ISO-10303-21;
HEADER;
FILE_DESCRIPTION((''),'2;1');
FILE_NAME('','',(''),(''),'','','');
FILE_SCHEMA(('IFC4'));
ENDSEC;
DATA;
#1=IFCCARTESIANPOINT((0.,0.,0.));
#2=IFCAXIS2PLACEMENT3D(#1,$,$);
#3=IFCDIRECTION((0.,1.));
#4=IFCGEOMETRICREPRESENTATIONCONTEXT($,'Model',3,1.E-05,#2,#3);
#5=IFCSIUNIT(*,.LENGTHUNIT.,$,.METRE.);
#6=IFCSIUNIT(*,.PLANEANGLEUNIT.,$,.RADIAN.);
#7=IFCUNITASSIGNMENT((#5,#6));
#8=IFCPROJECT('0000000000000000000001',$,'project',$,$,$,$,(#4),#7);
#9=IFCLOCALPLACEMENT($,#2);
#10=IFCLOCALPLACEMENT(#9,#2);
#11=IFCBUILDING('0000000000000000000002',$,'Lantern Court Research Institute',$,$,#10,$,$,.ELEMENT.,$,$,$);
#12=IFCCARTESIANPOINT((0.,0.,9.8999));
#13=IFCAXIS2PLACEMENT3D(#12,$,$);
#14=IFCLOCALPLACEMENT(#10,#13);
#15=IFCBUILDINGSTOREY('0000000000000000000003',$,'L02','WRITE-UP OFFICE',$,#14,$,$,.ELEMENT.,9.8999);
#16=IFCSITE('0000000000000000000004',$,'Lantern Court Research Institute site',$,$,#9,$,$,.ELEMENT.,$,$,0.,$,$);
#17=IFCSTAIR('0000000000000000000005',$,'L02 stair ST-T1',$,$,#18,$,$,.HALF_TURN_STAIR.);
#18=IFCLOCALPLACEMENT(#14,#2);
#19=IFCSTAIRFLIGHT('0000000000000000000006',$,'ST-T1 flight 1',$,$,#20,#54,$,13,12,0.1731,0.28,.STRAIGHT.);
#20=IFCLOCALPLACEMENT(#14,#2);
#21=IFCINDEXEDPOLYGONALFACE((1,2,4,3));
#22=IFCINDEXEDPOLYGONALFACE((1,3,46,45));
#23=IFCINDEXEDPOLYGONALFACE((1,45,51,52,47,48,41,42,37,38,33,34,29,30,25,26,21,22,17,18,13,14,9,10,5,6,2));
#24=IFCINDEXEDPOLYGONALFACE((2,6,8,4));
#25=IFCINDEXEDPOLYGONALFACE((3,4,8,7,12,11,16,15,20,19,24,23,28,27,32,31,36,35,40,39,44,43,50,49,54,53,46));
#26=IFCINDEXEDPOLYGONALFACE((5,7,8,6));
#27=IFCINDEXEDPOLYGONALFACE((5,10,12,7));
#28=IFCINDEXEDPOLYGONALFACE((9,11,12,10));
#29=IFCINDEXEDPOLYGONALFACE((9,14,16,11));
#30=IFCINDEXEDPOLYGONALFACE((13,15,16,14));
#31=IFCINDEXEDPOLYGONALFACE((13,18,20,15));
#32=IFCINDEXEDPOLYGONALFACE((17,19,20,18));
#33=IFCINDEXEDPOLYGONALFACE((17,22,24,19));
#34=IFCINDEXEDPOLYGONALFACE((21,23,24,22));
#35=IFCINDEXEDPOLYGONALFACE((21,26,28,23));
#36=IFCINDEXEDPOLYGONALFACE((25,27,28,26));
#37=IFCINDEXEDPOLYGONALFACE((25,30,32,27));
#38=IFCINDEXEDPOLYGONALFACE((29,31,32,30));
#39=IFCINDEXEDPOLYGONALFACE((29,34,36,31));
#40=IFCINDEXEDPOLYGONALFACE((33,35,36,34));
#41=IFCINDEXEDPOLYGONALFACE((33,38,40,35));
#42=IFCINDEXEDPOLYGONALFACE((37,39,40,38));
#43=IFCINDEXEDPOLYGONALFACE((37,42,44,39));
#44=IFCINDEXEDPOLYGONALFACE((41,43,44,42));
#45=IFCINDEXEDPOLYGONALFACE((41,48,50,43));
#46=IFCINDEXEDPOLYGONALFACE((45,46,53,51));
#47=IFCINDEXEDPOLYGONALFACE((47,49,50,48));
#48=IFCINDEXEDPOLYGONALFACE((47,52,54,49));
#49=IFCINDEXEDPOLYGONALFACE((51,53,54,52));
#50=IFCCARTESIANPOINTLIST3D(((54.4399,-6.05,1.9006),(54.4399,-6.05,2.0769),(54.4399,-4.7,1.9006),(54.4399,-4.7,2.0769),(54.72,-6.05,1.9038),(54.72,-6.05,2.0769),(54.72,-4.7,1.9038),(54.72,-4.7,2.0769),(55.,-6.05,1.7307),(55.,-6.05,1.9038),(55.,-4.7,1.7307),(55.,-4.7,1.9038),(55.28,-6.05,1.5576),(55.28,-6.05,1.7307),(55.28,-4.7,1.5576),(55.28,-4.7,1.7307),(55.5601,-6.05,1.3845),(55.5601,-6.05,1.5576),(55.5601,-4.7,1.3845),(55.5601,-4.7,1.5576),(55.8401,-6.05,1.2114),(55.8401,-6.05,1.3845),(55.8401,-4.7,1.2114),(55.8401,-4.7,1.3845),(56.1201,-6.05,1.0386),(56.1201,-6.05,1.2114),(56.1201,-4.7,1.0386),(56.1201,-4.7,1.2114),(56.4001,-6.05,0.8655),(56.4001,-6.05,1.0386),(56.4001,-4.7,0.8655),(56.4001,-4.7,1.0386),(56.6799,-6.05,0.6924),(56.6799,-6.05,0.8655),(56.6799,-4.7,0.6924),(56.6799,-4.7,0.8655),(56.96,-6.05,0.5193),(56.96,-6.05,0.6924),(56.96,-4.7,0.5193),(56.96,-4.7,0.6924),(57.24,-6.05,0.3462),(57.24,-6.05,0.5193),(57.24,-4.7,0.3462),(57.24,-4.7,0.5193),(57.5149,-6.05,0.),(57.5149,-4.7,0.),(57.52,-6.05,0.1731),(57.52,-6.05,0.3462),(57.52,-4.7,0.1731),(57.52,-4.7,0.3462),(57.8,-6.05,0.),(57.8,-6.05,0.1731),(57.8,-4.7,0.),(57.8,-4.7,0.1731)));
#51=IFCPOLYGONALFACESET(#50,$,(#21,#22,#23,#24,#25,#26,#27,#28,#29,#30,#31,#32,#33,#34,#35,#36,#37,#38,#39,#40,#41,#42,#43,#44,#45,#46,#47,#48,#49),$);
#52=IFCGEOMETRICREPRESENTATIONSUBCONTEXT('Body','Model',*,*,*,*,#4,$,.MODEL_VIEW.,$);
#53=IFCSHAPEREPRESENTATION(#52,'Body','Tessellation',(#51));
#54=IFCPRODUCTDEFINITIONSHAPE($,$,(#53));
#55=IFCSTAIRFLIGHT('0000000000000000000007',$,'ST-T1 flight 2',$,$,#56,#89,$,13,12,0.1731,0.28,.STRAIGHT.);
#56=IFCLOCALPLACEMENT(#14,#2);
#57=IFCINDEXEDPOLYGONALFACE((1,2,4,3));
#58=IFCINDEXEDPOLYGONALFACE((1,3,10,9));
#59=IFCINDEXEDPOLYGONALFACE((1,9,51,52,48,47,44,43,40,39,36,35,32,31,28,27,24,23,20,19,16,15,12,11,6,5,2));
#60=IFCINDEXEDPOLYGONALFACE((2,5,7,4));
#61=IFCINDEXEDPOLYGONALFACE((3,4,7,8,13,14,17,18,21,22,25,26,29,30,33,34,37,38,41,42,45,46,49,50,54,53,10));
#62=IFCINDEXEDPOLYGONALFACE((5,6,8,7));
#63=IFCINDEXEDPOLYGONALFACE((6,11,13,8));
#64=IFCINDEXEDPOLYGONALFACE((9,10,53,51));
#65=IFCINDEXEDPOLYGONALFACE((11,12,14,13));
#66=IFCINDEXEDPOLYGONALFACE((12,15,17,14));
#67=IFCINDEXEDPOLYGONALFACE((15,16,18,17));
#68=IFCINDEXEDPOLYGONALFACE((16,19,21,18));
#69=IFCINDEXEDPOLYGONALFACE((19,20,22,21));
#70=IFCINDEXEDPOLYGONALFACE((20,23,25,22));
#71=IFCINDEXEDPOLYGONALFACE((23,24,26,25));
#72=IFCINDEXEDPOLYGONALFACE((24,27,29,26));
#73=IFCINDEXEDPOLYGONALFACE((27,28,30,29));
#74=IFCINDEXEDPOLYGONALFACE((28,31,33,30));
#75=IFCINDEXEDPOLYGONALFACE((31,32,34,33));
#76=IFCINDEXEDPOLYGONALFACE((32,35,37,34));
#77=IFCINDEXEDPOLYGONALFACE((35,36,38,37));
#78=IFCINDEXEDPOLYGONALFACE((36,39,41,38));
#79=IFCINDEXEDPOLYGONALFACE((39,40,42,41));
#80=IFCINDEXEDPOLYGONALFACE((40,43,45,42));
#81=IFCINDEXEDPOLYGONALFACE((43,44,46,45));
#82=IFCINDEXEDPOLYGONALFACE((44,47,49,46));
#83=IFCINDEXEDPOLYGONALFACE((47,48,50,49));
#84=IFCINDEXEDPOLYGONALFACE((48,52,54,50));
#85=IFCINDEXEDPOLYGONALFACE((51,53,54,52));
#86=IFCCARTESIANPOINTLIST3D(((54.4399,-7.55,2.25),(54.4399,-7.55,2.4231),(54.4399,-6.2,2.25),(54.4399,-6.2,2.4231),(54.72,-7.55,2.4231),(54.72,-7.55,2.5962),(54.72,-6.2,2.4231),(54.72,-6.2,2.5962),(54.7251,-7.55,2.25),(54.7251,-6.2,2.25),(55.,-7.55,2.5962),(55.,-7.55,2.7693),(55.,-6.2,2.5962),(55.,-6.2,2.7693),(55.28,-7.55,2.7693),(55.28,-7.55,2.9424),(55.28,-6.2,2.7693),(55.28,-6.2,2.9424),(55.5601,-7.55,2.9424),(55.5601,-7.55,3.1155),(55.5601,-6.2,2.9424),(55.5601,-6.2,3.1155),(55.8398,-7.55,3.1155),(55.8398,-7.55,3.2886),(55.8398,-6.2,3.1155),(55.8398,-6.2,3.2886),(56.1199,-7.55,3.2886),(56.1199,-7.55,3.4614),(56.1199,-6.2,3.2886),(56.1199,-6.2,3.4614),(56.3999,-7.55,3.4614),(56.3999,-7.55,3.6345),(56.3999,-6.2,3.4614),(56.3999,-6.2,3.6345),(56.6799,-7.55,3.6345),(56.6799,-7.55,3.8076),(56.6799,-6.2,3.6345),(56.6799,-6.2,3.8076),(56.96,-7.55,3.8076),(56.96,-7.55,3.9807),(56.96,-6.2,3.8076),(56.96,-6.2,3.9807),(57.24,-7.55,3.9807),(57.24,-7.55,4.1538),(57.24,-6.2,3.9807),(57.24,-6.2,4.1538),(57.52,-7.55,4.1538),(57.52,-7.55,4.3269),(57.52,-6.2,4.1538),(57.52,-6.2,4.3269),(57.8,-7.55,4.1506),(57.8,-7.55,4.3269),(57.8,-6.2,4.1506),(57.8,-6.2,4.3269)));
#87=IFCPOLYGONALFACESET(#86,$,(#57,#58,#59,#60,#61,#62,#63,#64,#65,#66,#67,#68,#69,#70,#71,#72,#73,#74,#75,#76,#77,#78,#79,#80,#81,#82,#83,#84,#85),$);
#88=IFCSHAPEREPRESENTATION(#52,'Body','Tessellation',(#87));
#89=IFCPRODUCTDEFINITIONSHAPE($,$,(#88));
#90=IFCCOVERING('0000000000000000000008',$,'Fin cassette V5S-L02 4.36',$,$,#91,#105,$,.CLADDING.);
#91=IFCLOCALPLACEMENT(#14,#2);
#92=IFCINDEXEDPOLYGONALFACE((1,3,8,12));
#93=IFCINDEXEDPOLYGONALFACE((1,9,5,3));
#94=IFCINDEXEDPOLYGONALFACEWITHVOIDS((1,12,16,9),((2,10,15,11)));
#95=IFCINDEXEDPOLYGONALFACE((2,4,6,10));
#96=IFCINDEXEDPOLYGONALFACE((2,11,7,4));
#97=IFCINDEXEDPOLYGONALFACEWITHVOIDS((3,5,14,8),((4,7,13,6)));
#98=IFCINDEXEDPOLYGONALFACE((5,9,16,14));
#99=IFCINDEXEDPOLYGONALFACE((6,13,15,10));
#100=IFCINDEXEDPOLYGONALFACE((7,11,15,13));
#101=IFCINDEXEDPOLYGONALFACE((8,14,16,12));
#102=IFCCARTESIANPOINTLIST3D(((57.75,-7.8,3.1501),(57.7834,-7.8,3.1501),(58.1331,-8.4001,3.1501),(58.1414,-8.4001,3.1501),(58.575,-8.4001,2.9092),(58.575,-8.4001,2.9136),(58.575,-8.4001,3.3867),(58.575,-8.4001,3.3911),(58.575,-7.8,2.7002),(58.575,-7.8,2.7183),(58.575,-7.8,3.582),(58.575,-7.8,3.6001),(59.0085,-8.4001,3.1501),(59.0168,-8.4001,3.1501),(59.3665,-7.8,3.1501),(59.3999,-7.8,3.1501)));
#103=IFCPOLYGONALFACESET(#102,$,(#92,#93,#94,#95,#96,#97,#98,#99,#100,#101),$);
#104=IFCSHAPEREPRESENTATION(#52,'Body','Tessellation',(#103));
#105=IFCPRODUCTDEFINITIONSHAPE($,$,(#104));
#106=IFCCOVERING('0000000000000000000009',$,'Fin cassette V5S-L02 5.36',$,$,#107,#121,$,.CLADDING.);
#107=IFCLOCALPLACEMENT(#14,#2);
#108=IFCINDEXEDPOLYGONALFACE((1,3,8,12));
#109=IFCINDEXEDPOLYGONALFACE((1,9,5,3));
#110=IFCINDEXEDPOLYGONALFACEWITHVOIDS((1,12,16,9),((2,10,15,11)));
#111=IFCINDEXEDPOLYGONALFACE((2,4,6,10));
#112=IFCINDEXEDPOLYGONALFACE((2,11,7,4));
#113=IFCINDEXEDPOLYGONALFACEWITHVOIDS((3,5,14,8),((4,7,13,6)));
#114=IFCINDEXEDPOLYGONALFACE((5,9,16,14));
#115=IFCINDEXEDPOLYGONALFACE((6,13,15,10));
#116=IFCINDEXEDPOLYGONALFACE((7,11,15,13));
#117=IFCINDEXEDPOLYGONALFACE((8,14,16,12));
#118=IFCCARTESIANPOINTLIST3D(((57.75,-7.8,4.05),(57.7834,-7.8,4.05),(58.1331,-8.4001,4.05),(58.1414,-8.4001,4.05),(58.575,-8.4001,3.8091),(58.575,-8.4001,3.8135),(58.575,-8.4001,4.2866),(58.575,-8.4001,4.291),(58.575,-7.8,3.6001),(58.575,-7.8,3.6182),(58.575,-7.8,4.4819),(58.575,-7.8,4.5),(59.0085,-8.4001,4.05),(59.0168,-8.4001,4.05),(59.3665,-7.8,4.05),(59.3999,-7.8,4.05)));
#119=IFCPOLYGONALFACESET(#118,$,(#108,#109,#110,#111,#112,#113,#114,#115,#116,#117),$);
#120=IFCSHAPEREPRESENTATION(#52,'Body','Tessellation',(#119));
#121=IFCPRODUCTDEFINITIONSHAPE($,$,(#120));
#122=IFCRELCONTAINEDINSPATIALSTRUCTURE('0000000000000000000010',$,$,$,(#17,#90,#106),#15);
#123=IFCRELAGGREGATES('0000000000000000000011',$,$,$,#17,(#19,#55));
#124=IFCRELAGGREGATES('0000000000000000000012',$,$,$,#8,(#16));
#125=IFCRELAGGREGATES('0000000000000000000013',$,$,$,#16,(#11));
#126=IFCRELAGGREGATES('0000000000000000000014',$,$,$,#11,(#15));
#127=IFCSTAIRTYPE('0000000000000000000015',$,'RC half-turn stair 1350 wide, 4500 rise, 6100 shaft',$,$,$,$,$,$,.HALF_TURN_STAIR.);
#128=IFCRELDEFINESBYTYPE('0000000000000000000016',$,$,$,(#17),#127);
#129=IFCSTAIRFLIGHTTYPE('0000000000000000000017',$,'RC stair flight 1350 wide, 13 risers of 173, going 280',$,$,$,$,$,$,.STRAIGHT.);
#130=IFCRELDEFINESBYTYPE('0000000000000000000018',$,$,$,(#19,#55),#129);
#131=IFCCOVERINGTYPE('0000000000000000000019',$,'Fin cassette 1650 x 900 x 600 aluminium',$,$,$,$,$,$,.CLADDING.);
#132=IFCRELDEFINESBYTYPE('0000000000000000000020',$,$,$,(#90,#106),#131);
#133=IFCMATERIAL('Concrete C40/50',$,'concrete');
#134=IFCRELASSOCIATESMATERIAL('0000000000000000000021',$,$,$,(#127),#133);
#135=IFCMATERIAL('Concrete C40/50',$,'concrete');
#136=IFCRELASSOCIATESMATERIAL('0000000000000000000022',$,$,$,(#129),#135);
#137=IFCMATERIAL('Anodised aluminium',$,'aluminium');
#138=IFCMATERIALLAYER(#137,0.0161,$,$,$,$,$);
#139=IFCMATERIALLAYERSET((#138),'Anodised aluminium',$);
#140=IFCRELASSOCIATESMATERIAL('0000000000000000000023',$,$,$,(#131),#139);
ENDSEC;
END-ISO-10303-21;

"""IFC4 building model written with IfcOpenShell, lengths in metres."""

from ifc_helpers import new_model, entity, si_unit, direction, frame, origin, place, context, subcontext, project, spatial, polyline, outline, extrude, material, layer, layer_set, type_object, element, aggregate, save


model = new_model("IFC4")

# Units and contexts
model_context = context("Model", 3, precision=1e-05, world=origin(), true_north=direction((0.0, 1.0)))
body_context = subcontext(model_context, "Body", "Model", "MODEL_VIEW")
ifc_project = project(units=[si_unit("LENGTHUNIT", "METRE"), si_unit("PLANEANGLEUNIT", "RADIAN")], contexts=[model_context])

# Site, building, storey
site_placement = place(None, origin())
site = spatial("IfcSite", under=ifc_project, at=site_placement, Name="Lantern Court Research Institute site", CompositionType="ELEMENT", RefElevation=0.0)
building_placement = place(site_placement, origin())
building = spatial("IfcBuilding", under=site, at=building_placement, Name="Lantern Court Research Institute", CompositionType="ELEMENT")
storey_placement = place(building_placement, frame((0.0, 0.0, 9.8999)))
storey = spatial("IfcBuildingStorey", under=building, at=storey_placement, Name="L02", Description="WRITE-UP OFFICE", CompositionType="ELEMENT", Elevation=9.8999)

# Stair, stair flights
ifc_material_1 = material(Name="Concrete C40/50", Category="concrete")
stair_type = type_object("IfcStairType", Name="RC half-turn stair 1350 wide, 4500 rise, 6100 shaft", PredefinedType="HALF_TURN_STAIR", material=ifc_material_1)
stair_placement = place(storey_placement, origin())
stair = element("IfcStair", 1, at=stair_placement, inside=storey, type_object=stair_type, Name="L02 stair ST-T1", PredefinedType="HALF_TURN_STAIR")
ifc_material_2 = material(Name="Concrete C40/50", Category="concrete")
stair_flight_type = type_object("IfcStairFlightType", Name="RC stair flight 1350 wide, 13 risers of 173, going 280", PredefinedType="STRAIGHT", material=ifc_material_2)
stair_flight_1_placement = place(storey_placement, frame((57.8, -5.375, 0.0), z_axis=(0.0, 0.0, 1.0), x_axis=(-1.0, 0.0, 0.0)))
stair_flight_1 = element("IfcStairFlight", 2, at=stair_flight_1_placement, type_object=stair_flight_type, Name="ST-T1 flight 1", NumberOfRisers=13, NumberOfTreads=12, PredefinedType="STRAIGHT", RiserHeight=0.1731, TreadLength=0.28, context=body_context, shape_type="SweptSolid", body=[
    extrude(outline(polyline([(0.0, 0.0), (0.0, 0.1731), (0.28, 0.1731), (0.28, 0.3462), (0.5601, 0.3462), (0.5601, 0.5193), (0.8401, 0.5193), (0.8401, 0.6924), (1.1201, 0.6924), (1.1201, 0.8655), (1.3999, 0.8655), (1.3999, 1.0386), (1.6799, 1.0386), (1.6799, 1.2114), (1.96, 1.2114), (1.96, 1.3845), (2.24, 1.3845), (2.24, 1.5576), (2.52, 1.5576), (2.52, 1.7307), (2.8, 1.7307), (2.8, 1.9038), (3.0801, 1.9038), (3.0801, 2.0769), (3.3601, 2.0769), (3.3601, 2.25), (3.3601, 1.9006), (0.2852, 0.0), (0.0, 0.0)])), frame((0.0, 0.675, 0.0), z_axis=(0.0, -1.0, 0.0), x_axis=(1.0, 0.0, 0.0)), (0.0, 0.0, 1.0), 1.3501),
])
stair_flight_2_placement = place(storey_placement, frame((54.4399, -6.875, 2.25), z_axis=(0.0, 0.0, 1.0), x_axis=(1.0, 0.0, 0.0)))
stair_flight_2 = element("IfcStairFlight", 3, at=stair_flight_2_placement, type_object=stair_flight_type, Name="ST-T1 flight 2", NumberOfRisers=13, NumberOfTreads=12, PredefinedType="STRAIGHT", RiserHeight=0.1731, TreadLength=0.28, context=body_context, shape_type="SweptSolid", body=[
    extrude(outline(polyline([(0.0, 0.0), (0.0, 0.1731), (0.28, 0.1731), (0.28, 0.3462), (0.5601, 0.3462), (0.5601, 0.5193), (0.8401, 0.5193), (0.8401, 0.6924), (1.1201, 0.6924), (1.1201, 0.8655), (1.3999, 0.8655), (1.3999, 1.0386), (1.6799, 1.0386), (1.6799, 1.2114), (1.96, 1.2114), (1.96, 1.3845), (2.24, 1.3845), (2.24, 1.5576), (2.52, 1.5576), (2.52, 1.7307), (2.8, 1.7307), (2.8, 1.9038), (3.0801, 1.9038), (3.0801, 2.0769), (3.3601, 2.0769), (3.3601, 2.25), (3.3601, 1.9006), (0.2852, 0.0), (0.0, 0.0)])), frame((0.0, 0.675, 0.0), z_axis=(0.0, -1.0, 0.0), x_axis=(1.0, 0.0, 0.0)), (0.0, 0.0, 1.0), 1.3501),
])
aggregate(stair, [stair_flight_1, stair_flight_2])

# Coverings
ifc_material_3 = material(Name="Anodised aluminium", Category="aluminium")
ifc_layer_1 = layer(ifc_material_3, 0.0161)
ifc_layer_set_1 = layer_set([ifc_layer_1], Name="Anodised aluminium")
covering_type = type_object("IfcCoveringType", Name="Fin cassette 1650 x 900 x 600 aluminium", PredefinedType="CLADDING", material=ifc_layer_set_1)
covering_1_placement = place(storey_placement, frame((58.575, -7.8, 3.1501), z_axis=(0.0, -1.0, 0.0), x_axis=(1.0, 0.0, 0.0)))
cartesian_point_1 = entity("IfcCartesianPoint", [0.825, 0.0])
cartesian_point_2 = entity("IfcCartesianPoint", [0.7915, 0.0])
cartesian_point_3 = entity("IfcCartesianPoint", [0.4419, 0.0])
cartesian_point_4 = entity("IfcCartesianPoint", [0.4336, 0.0])
element("IfcCovering", 4, at=covering_1_placement, inside=storey, type_object=covering_type, Name="Fin cassette V5S-L02 4.36", PredefinedType="CLADDING", context=body_context, shape_type="SweptSolid", body=[
    entity("IfcExtrudedAreaSolidTapered", entity("IfcArbitraryProfileDefWithVoids", "AREA", None, entity("IfcPolyline", [cartesian_point_1, entity("IfcCartesianPoint", [0.0, 0.45]), entity("IfcCartesianPoint", [-0.825, 0.0]), entity("IfcCartesianPoint", [0.0, -0.45]), cartesian_point_1]), [entity("IfcPolyline", [cartesian_point_2, entity("IfcCartesianPoint", [0.0, 0.4319]), entity("IfcCartesianPoint", [-0.7915, 0.0]), entity("IfcCartesianPoint", [0.0, -0.4319]), cartesian_point_2])]), entity("IfcAxis2Placement3D", entity("IfcCartesianPoint", [0.0, 0.0, 0.0])), entity("IfcDirection", [0.0, 0.0, 1.0]), 0.6001, entity("IfcArbitraryProfileDefWithVoids", "AREA", None, entity("IfcPolyline", [cartesian_point_3, entity("IfcCartesianPoint", [0.0, 0.241]), entity("IfcCartesianPoint", [-0.4419, 0.0]), entity("IfcCartesianPoint", [0.0, -0.241]), cartesian_point_3]), [entity("IfcPolyline", [cartesian_point_4, entity("IfcCartesianPoint", [0.0, 0.2366]), entity("IfcCartesianPoint", [-0.4336, 0.0]), entity("IfcCartesianPoint", [0.0, -0.2366]), cartesian_point_4])])),
])
covering_2_placement = place(storey_placement, frame((58.575, -7.8, 4.05), z_axis=(0.0, -1.0, 0.0), x_axis=(1.0, 0.0, 0.0)))
cartesian_point_5 = entity("IfcCartesianPoint", [0.825, 0.0])
cartesian_point_6 = entity("IfcCartesianPoint", [0.7915, 0.0])
cartesian_point_7 = entity("IfcCartesianPoint", [0.4419, 0.0])
cartesian_point_8 = entity("IfcCartesianPoint", [0.4336, 0.0])
element("IfcCovering", 5, at=covering_2_placement, inside=storey, type_object=covering_type, Name="Fin cassette V5S-L02 5.36", PredefinedType="CLADDING", context=body_context, shape_type="SweptSolid", body=[
    entity("IfcExtrudedAreaSolidTapered", entity("IfcArbitraryProfileDefWithVoids", "AREA", None, entity("IfcPolyline", [cartesian_point_5, entity("IfcCartesianPoint", [0.0, 0.45]), entity("IfcCartesianPoint", [-0.825, 0.0]), entity("IfcCartesianPoint", [0.0, -0.45]), cartesian_point_5]), [entity("IfcPolyline", [cartesian_point_6, entity("IfcCartesianPoint", [0.0, 0.4319]), entity("IfcCartesianPoint", [-0.7915, 0.0]), entity("IfcCartesianPoint", [0.0, -0.4319]), cartesian_point_6])]), entity("IfcAxis2Placement3D", entity("IfcCartesianPoint", [0.0, 0.0, 0.0])), entity("IfcDirection", [0.0, 0.0, 1.0]), 0.6001, entity("IfcArbitraryProfileDefWithVoids", "AREA", None, entity("IfcPolyline", [cartesian_point_7, entity("IfcCartesianPoint", [0.0, 0.241]), entity("IfcCartesianPoint", [-0.4419, 0.0]), entity("IfcCartesianPoint", [0.0, -0.241]), cartesian_point_7]), [entity("IfcPolyline", [cartesian_point_8, entity("IfcCartesianPoint", [0.0, 0.2366]), entity("IfcCartesianPoint", [-0.4336, 0.0]), entity("IfcCartesianPoint", [0.0, -0.2366]), cartesian_point_8])])),
])

save(model, "model.ifc")
